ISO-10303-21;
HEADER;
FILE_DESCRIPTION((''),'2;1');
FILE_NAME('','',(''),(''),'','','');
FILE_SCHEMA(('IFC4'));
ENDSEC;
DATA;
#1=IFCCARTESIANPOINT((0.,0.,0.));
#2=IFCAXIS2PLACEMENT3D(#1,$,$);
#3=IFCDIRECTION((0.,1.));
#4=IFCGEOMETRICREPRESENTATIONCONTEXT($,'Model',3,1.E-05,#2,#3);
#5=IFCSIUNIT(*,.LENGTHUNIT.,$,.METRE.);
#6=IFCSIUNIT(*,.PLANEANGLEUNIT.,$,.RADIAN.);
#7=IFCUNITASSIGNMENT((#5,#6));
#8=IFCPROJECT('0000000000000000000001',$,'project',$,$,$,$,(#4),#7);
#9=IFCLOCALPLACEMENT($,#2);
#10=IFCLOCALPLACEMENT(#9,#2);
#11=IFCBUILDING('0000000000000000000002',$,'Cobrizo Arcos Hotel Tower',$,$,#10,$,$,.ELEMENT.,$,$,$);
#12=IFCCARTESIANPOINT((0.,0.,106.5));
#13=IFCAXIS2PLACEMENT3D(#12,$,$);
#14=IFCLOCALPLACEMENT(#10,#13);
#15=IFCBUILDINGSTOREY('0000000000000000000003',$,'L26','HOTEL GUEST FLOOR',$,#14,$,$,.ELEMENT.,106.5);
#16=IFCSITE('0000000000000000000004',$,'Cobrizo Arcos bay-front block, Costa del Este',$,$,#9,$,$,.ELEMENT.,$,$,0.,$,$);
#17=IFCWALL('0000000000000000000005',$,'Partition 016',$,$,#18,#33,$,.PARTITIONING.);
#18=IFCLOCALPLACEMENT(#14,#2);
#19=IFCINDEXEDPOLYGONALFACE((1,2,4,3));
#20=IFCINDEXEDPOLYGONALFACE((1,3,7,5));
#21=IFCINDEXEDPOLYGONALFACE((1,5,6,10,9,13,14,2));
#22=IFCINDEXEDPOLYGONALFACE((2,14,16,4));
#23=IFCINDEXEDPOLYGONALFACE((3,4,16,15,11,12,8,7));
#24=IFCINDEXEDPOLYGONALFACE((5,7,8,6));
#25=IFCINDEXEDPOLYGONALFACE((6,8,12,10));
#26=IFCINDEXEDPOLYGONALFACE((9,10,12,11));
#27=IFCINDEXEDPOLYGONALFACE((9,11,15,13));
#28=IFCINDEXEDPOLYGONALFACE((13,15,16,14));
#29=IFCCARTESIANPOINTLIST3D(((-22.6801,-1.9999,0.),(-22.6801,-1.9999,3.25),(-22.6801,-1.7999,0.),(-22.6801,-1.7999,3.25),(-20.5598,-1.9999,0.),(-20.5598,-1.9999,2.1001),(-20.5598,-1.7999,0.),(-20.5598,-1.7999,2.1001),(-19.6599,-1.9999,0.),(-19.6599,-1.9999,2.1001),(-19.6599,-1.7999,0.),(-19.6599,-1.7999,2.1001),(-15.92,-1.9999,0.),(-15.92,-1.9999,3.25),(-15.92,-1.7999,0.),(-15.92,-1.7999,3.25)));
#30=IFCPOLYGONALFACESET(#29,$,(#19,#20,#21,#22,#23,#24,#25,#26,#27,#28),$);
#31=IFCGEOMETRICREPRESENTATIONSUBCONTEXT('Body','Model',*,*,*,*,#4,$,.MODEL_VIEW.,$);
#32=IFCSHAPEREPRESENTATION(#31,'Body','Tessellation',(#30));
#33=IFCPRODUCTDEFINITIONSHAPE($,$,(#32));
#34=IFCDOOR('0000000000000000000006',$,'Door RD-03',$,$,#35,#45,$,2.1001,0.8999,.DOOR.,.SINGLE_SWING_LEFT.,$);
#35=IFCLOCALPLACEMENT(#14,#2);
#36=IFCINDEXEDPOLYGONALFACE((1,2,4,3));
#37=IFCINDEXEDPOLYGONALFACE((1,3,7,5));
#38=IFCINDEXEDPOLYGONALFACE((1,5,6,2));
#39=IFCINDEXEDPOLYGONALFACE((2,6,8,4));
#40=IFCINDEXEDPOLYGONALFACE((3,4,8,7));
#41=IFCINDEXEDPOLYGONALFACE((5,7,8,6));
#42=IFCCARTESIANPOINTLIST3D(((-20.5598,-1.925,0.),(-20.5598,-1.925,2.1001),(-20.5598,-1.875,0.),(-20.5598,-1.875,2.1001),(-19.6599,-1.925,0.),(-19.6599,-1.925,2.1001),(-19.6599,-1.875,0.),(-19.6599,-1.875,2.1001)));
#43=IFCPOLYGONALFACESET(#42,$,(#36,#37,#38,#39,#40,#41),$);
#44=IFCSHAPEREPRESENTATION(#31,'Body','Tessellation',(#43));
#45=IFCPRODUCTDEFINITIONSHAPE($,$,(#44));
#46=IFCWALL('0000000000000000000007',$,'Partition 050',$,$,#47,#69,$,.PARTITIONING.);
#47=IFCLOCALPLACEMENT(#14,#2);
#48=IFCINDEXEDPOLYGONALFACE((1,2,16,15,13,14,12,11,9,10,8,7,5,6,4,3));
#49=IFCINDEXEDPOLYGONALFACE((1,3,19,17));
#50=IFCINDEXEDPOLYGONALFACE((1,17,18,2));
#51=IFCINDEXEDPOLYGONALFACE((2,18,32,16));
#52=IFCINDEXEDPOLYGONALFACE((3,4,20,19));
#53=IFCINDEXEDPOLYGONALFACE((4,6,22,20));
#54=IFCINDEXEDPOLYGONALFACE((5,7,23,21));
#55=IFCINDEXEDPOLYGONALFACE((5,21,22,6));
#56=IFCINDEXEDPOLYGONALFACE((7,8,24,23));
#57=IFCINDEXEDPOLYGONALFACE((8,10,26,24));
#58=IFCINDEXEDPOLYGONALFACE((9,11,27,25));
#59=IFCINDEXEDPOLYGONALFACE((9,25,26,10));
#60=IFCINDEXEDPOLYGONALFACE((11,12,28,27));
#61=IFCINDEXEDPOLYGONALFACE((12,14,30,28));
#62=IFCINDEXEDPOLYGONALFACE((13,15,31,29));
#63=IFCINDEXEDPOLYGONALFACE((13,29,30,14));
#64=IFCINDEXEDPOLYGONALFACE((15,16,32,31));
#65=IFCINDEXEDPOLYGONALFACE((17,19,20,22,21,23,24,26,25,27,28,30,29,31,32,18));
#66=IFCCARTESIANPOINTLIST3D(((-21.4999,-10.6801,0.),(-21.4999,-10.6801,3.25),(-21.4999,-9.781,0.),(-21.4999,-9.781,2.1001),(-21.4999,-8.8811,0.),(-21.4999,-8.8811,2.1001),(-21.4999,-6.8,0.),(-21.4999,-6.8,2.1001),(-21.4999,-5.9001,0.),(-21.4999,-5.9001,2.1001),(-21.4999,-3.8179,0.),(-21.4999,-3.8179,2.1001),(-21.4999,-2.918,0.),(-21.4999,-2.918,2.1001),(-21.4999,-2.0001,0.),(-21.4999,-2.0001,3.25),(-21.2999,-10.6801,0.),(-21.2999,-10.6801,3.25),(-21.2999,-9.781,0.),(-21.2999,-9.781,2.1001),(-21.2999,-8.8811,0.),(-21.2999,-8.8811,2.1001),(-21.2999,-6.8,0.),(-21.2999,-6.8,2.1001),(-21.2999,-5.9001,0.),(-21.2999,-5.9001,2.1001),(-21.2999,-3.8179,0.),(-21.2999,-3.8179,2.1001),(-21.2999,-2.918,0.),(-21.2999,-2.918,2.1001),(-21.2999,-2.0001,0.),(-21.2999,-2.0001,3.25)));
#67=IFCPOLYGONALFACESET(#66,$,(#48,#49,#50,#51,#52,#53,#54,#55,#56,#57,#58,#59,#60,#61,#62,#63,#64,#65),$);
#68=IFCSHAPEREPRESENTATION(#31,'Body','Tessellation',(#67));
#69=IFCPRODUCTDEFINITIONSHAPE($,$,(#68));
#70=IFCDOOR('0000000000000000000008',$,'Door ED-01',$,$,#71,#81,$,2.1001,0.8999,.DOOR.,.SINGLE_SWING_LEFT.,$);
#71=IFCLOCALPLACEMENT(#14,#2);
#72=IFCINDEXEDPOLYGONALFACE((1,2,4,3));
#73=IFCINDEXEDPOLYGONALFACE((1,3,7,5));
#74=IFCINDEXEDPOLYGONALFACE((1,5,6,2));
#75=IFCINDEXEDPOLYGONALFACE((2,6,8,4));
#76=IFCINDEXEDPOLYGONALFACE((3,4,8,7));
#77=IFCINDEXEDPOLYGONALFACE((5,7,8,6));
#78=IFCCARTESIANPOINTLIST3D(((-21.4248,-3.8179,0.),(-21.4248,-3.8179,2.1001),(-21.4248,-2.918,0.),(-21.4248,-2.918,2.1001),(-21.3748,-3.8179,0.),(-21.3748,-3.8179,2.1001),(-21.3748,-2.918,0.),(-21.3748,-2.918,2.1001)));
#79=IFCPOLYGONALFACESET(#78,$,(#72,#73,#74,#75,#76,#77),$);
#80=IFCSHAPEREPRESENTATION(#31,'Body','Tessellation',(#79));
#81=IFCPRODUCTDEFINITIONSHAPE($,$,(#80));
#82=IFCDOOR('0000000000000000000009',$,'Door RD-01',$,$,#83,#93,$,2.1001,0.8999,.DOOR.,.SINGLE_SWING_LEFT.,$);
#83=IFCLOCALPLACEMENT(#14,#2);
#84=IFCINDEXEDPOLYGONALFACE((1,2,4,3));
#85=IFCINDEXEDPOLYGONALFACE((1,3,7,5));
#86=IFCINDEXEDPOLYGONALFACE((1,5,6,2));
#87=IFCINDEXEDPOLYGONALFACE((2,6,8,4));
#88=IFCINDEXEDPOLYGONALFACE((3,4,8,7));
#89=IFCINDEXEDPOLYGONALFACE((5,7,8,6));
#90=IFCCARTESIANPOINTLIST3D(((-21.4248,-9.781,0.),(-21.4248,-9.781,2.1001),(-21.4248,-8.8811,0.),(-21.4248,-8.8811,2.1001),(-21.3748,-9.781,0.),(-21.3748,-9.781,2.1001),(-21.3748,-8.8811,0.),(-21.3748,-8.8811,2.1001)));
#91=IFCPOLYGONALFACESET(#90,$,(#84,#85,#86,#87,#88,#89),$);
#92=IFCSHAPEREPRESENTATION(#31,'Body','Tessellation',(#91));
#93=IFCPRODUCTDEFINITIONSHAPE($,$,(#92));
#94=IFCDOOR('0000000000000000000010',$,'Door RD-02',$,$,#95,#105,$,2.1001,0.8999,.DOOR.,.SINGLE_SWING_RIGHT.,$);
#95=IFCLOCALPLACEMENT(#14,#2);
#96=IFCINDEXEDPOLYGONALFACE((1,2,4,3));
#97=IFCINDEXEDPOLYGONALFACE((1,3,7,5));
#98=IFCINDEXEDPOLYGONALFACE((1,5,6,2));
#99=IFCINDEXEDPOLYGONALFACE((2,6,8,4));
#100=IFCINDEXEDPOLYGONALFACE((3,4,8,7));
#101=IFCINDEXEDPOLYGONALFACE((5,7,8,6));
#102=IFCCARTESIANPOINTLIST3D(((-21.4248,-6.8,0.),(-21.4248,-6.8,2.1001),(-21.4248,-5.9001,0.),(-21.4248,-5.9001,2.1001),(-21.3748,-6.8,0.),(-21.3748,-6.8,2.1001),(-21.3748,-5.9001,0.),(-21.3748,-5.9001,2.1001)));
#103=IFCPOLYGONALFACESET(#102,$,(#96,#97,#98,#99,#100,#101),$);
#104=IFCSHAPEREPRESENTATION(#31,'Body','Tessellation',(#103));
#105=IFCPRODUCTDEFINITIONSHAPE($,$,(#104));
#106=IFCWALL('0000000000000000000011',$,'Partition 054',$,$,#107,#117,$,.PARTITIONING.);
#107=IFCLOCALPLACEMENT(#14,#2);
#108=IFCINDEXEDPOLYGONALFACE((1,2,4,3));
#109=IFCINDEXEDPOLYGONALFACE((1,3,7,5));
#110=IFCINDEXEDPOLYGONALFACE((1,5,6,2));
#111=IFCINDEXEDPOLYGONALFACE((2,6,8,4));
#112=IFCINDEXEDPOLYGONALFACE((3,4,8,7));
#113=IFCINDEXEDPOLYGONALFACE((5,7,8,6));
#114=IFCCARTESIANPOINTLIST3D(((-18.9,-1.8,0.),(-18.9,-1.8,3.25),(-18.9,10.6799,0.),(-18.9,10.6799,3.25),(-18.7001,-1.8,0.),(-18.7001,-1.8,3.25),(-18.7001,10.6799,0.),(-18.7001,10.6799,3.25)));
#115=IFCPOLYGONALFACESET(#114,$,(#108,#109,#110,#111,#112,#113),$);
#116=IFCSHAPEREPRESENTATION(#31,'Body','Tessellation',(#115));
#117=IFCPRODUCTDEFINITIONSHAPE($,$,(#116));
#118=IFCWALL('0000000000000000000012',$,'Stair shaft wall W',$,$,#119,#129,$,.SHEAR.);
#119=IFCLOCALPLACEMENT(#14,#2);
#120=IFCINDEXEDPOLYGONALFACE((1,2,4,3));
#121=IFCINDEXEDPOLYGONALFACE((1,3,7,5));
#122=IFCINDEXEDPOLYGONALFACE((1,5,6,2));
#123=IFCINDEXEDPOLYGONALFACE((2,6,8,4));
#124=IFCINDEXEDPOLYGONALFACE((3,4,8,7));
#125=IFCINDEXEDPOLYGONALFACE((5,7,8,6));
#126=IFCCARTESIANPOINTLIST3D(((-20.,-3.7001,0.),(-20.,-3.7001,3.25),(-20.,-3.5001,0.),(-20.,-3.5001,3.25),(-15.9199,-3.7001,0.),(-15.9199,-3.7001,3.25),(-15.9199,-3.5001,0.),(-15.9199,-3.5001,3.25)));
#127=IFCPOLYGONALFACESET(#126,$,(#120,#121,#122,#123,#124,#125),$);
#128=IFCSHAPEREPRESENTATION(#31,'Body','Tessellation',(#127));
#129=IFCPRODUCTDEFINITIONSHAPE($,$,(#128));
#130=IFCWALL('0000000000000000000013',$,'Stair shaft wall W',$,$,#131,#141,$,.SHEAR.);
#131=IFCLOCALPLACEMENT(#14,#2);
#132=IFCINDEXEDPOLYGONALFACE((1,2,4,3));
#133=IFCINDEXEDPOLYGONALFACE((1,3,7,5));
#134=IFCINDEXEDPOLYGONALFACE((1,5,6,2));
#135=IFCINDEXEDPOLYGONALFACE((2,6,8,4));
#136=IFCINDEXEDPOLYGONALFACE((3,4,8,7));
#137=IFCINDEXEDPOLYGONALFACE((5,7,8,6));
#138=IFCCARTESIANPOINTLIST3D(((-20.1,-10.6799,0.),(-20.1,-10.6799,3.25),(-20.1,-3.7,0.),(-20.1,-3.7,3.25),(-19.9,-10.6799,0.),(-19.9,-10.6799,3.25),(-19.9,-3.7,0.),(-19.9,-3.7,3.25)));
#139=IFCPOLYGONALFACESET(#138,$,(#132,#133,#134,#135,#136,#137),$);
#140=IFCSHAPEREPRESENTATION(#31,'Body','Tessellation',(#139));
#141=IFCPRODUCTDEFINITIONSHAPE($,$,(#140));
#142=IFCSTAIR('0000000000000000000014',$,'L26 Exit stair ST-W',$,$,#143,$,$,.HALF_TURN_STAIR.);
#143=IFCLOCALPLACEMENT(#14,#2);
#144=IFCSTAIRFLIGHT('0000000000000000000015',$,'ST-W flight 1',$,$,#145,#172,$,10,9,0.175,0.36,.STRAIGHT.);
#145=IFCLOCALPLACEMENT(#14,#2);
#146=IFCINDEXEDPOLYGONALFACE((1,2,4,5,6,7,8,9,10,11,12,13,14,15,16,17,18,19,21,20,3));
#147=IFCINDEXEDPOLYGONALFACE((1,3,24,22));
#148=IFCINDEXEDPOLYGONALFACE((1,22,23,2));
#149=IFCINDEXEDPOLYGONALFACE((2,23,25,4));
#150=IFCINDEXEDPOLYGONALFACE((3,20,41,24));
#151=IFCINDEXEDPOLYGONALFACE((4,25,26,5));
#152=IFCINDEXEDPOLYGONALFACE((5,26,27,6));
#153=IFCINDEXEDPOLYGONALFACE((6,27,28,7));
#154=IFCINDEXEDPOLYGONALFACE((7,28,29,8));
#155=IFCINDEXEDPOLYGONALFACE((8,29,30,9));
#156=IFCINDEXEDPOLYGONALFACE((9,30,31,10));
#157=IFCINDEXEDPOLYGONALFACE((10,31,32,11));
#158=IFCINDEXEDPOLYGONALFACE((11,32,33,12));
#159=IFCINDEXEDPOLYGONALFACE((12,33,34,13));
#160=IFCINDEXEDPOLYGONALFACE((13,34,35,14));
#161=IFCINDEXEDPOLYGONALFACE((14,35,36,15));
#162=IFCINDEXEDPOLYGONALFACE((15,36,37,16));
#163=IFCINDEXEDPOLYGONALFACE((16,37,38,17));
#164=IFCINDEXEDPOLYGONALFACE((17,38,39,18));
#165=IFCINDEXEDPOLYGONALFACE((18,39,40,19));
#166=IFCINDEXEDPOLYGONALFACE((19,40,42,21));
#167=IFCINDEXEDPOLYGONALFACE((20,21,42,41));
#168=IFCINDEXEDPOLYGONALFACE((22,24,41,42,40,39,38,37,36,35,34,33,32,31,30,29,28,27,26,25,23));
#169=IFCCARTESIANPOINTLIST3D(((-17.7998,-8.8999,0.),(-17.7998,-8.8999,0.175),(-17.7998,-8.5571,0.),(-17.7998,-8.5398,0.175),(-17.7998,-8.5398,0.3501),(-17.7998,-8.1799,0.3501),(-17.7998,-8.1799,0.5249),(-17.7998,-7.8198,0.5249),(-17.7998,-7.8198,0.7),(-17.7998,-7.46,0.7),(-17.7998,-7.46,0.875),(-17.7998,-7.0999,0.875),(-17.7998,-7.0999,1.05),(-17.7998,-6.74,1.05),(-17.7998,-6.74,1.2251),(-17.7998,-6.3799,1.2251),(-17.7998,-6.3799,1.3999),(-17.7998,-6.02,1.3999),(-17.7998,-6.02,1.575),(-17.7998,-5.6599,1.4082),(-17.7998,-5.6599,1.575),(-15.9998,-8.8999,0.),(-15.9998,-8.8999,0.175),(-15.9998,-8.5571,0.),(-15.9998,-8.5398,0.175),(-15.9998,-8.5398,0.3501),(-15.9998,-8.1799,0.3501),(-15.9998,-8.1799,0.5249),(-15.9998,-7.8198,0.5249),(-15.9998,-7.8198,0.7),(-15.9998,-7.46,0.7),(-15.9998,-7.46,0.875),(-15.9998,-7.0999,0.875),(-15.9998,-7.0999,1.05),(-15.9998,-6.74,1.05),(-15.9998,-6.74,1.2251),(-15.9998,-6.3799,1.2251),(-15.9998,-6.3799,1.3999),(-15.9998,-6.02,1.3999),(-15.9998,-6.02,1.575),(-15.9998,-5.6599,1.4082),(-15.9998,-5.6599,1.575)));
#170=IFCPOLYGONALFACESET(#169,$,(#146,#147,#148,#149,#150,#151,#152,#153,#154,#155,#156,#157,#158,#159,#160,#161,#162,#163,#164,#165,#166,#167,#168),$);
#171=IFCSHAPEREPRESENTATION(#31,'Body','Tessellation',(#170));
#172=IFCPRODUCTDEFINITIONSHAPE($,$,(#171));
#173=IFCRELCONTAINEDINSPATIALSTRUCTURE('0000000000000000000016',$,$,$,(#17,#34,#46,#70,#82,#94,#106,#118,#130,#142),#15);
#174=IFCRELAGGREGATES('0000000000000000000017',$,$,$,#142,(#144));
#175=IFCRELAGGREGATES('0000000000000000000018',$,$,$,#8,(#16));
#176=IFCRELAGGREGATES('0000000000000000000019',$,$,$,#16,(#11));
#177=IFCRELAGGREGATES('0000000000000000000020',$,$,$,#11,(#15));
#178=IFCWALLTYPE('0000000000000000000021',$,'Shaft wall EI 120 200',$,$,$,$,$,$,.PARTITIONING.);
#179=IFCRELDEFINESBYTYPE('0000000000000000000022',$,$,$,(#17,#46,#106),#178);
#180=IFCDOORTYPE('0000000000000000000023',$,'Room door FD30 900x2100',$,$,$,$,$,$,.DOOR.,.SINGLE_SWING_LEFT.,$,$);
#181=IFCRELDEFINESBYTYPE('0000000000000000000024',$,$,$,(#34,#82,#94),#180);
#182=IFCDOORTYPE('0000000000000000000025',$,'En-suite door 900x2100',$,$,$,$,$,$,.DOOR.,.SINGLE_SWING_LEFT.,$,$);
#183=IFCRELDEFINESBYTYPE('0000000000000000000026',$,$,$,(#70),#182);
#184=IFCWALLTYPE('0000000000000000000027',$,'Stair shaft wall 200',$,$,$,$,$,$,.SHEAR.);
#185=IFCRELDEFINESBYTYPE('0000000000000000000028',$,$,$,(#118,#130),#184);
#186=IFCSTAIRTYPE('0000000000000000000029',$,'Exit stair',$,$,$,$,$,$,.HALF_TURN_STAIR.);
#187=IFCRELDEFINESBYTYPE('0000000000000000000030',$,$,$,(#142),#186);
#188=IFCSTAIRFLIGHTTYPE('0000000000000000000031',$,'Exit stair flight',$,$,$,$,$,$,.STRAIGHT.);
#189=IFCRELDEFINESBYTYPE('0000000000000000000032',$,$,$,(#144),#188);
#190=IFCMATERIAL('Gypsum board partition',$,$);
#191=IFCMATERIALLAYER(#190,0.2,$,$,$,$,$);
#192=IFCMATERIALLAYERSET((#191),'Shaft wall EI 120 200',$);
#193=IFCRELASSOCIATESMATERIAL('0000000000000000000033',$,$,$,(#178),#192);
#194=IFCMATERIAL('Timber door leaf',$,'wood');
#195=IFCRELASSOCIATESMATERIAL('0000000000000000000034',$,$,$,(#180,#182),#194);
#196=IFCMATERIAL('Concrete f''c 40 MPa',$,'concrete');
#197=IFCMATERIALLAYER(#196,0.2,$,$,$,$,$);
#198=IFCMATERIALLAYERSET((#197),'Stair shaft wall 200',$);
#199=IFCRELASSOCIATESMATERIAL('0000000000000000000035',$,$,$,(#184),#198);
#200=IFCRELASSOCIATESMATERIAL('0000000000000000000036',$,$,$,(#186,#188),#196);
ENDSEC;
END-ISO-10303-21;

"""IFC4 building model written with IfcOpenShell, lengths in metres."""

from ifc_helpers import new_model, si_unit, direction, frame, frame_2d, origin, place, context, subcontext, project, spatial, polyline, rectangle, outline, extrude, material, layer, layer_set, type_object, element, fill, aggregate, save


model = new_model("IFC4")

# Units and contexts
model_context = context("Model", 3, precision=1e-05, world=origin(), true_north=direction((0.0, 1.0)))
body_context = subcontext(model_context, "Body", "Model", "MODEL_VIEW")
ifc_project = project(units=[si_unit("LENGTHUNIT", "METRE"), si_unit("PLANEANGLEUNIT", "RADIAN")], contexts=[model_context])

# Site, building, storey
site_placement = place(None, origin())
site = spatial("IfcSite", under=ifc_project, at=site_placement, Name="Cobrizo Arcos bay-front block, Costa del Este", CompositionType="ELEMENT", RefElevation=0.0)
building_placement = place(site_placement, origin())
building = spatial("IfcBuilding", under=site, at=building_placement, Name="Cobrizo Arcos Hotel Tower", CompositionType="ELEMENT")
storey_placement = place(building_placement, frame((0.0, 0.0, 106.5)))
storey = spatial("IfcBuildingStorey", under=building, at=storey_placement, Name="L26", Description="HOTEL GUEST FLOOR", CompositionType="ELEMENT", Elevation=106.5)

# Shared definitions
ifc_material_1 = material(Name="Gypsum board partition")

# Wall, opening, door
ifc_layer_1 = layer(ifc_material_1, 0.2)
ifc_layer_set_1 = layer_set([ifc_layer_1], Name="Shaft wall EI 120 200")
wall_type_1 = type_object("IfcWallType", Name="Shaft wall EI 120 200", PredefinedType="PARTITIONING", material=ifc_layer_set_1)
wall_1_placement = place(storey_placement, frame((-22.6799, -1.8999, 0.0), z_axis=(0.0, 0.0, 1.0), x_axis=(1.0, 0.0, 0.0)))
wall_1 = element("IfcWall", 1, at=wall_1_placement, inside=storey, type_object=wall_type_1, Name="Partition 016", PredefinedType="PARTITIONING", context=body_context, shape_type="SweptSolid", body=[
    extrude(rectangle(XDim=6.76, YDim=0.2, at=frame_2d((3.3799, 0.0))), origin(), (0.0, 0.0, 1.0), 3.25),
])
opening_1_placement = place(wall_1_placement, frame((2.1201, 0.0, 0.0)))
opening_1 = element("IfcOpeningElement", 2, at=opening_1_placement, cuts=wall_1, PredefinedType="OPENING", context=body_context, shape_type="SweptSolid", body=[
    extrude(rectangle(XDim=0.8999, YDim=2.1001, at=frame_2d((0.45, 1.05))), frame((0.0, 0.1121, 0.0), z_axis=(0.0, -1.0, 0.0), x_axis=(1.0, 0.0, 0.0)), (0.0, 0.0, 1.0), 0.2239),
])
ifc_material_2 = material(Name="Timber door leaf", Category="wood")
door_type_1 = type_object("IfcDoorType", Name="Room door FD30 900x2100", OperationType="SINGLE_SWING_LEFT", PredefinedType="DOOR", material=ifc_material_2)
door_1_placement = place(opening_1_placement, origin())
door_1 = element("IfcDoor", 3, at=door_1_placement, inside=storey, type_object=door_type_1, Name="Door RD-03", OperationType="SINGLE_SWING_LEFT", OverallHeight=2.1001, OverallWidth=0.8999, PredefinedType="DOOR", context=body_context, shape_type="SweptSolid", body=[
    extrude(rectangle(XDim=0.8999, YDim=2.1001, at=frame_2d((0.45, 1.05))), frame((0.0, 0.0249, 0.0), z_axis=(0.0, -1.0, 0.0), x_axis=(1.0, 0.0, 0.0)), (0.0, 0.0, 1.0), 0.05),
])
fill(opening_1, door_1)

# Wall, openings, doors
wall_2_placement = place(storey_placement, frame((-21.3999, -10.6799, 0.0), z_axis=(0.0, 0.0, 1.0), x_axis=(0.0, 1.0, 0.0)))
wall_2 = element("IfcWall", 4, at=wall_2_placement, inside=storey, type_object=wall_type_1, Name="Partition 050", PredefinedType="PARTITIONING", context=body_context, shape_type="SweptSolid", body=[
    extrude(rectangle(XDim=8.6799, YDim=0.2, at=frame_2d((4.3398, 0.0))), origin(), (0.0, 0.0, 1.0), 3.25),
])
opening_2_placement = place(wall_2_placement, frame((0.8989, 0.0, 0.0)))
opening_2 = element("IfcOpeningElement", 5, at=opening_2_placement, cuts=wall_2, PredefinedType="OPENING", context=body_context, shape_type="SweptSolid", body=[
    extrude(rectangle(XDim=0.8999, YDim=2.1001, at=frame_2d((0.45, 1.05))), frame((0.0, 0.1121, 0.0), z_axis=(0.0, -1.0, 0.0), x_axis=(1.0, 0.0, 0.0)), (0.0, 0.0, 1.0), 0.2239),
])
opening_3_placement = place(wall_2_placement, frame((3.8799, 0.0, 0.0)))
opening_3 = element("IfcOpeningElement", 6, at=opening_3_placement, cuts=wall_2, PredefinedType="OPENING", context=body_context, shape_type="SweptSolid", body=[
    extrude(rectangle(XDim=0.8999, YDim=2.1001, at=frame_2d((0.45, 1.05))), frame((0.0, 0.1121, 0.0), z_axis=(0.0, -1.0, 0.0), x_axis=(1.0, 0.0, 0.0)), (0.0, 0.0, 1.0), 0.2239),
])
opening_4_placement = place(wall_2_placement, frame((6.8621, 0.0, 0.0)))
opening_4 = element("IfcOpeningElement", 7, at=opening_4_placement, cuts=wall_2, PredefinedType="OPENING", context=body_context, shape_type="SweptSolid", body=[
    extrude(rectangle(XDim=0.8999, YDim=2.1001, at=frame_2d((0.45, 1.05))), frame((0.0, 0.1121, 0.0), z_axis=(0.0, -1.0, 0.0), x_axis=(1.0, 0.0, 0.0)), (0.0, 0.0, 1.0), 0.2239),
])
door_type_2 = type_object("IfcDoorType", Name="En-suite door 900x2100", OperationType="SINGLE_SWING_LEFT", PredefinedType="DOOR", material=ifc_material_2)
door_2_placement = place(opening_4_placement, origin())
door_2 = element("IfcDoor", 8, at=door_2_placement, inside=storey, type_object=door_type_2, Name="Door ED-01", OperationType="SINGLE_SWING_LEFT", OverallHeight=2.1001, OverallWidth=0.8999, PredefinedType="DOOR", context=body_context, shape_type="SweptSolid", body=[
    extrude(rectangle(XDim=0.8999, YDim=2.1001, at=frame_2d((0.45, 1.05))), frame((0.0, 0.0249, 0.0), z_axis=(0.0, -1.0, 0.0), x_axis=(1.0, 0.0, 0.0)), (0.0, 0.0, 1.0), 0.05),
])
fill(opening_4, door_2)
door_3_placement = place(opening_2_placement, origin())
door_3 = element("IfcDoor", 9, at=door_3_placement, inside=storey, type_object=door_type_1, Name="Door RD-01", OperationType="SINGLE_SWING_LEFT", OverallHeight=2.1001, OverallWidth=0.8999, PredefinedType="DOOR", context=body_context, shape_type="SweptSolid", body=[
    extrude(rectangle(XDim=0.8999, YDim=2.1001, at=frame_2d((0.45, 1.05))), frame((0.0, 0.0249, 0.0), z_axis=(0.0, -1.0, 0.0), x_axis=(1.0, 0.0, 0.0)), (0.0, 0.0, 1.0), 0.05),
])
fill(opening_2, door_3)
door_4_placement = place(opening_3_placement, origin())
door_4 = element("IfcDoor", 10, at=door_4_placement, inside=storey, type_object=door_type_1, Name="Door RD-02", OperationType="SINGLE_SWING_RIGHT", OverallHeight=2.1001, OverallWidth=0.8999, PredefinedType="DOOR", context=body_context, shape_type="SweptSolid", body=[
    extrude(rectangle(XDim=0.8999, YDim=2.1001, at=frame_2d((0.45, 1.05))), frame((0.0, 0.0249, 0.0), z_axis=(0.0, -1.0, 0.0), x_axis=(1.0, 0.0, 0.0)), (0.0, 0.0, 1.0), 0.05),
])
fill(opening_3, door_4)

# Walls
wall_3_placement = place(storey_placement, frame((-18.8, -1.8, 0.0), z_axis=(0.0, 0.0, 1.0), x_axis=(0.0, 1.0, 0.0)))
element("IfcWall", 11, at=wall_3_placement, inside=storey, type_object=wall_type_1, Name="Partition 054", PredefinedType="PARTITIONING", context=body_context, shape_type="SweptSolid", body=[
    extrude(rectangle(XDim=12.48, YDim=0.2, at=frame_2d((6.24, 0.0))), origin(), (0.0, 0.0, 1.0), 3.25),
])
ifc_material_3 = material(Name="Concrete f'c 40 MPa", Category="concrete")
ifc_layer_2 = layer(ifc_material_3, 0.2)
ifc_layer_set_2 = layer_set([ifc_layer_2], Name="Stair shaft wall 200")
wall_type_2 = type_object("IfcWallType", Name="Stair shaft wall 200", PredefinedType="SHEAR", material=ifc_layer_set_2)
wall_4_placement = place(storey_placement, frame((-20.0, -3.6001, 0.0), z_axis=(0.0, 0.0, 1.0), x_axis=(1.0, 0.0, 0.0)))
element("IfcWall", 12, at=wall_4_placement, inside=storey, type_object=wall_type_2, Name="Stair shaft wall W", PredefinedType="SHEAR", context=body_context, shape_type="SweptSolid", body=[
    extrude(rectangle(XDim=4.0801, YDim=0.2, at=frame_2d((2.04, 0.0))), origin(), (0.0, 0.0, 1.0), 3.25),
])
wall_5_placement = place(storey_placement, frame((-20.0, -10.6799, 0.0), z_axis=(0.0, 0.0, 1.0), x_axis=(0.0, 1.0, 0.0)))
element("IfcWall", 13, at=wall_5_placement, inside=storey, type_object=wall_type_2, Name="Stair shaft wall W", PredefinedType="SHEAR", context=body_context, shape_type="SweptSolid", body=[
    extrude(rectangle(XDim=6.98, YDim=0.2, at=frame_2d((3.49, 0.0))), origin(), (0.0, 0.0, 1.0), 3.25),
])

# Stair, stair flight
stair_type = type_object("IfcStairType", Name="Exit stair", PredefinedType="HALF_TURN_STAIR", material=ifc_material_3)
stair_placement = place(storey_placement, origin())
stair = element("IfcStair", 14, at=stair_placement, inside=storey, type_object=stair_type, Name="L26 Exit stair ST-W", PredefinedType="HALF_TURN_STAIR")
stair_flight_type = type_object("IfcStairFlightType", Name="Exit stair flight", PredefinedType="STRAIGHT", material=ifc_material_3)
stair_flight_1_placement = place(storey_placement, frame((-16.8999, -8.8999, 0.0), z_axis=(0.0, 0.0, 1.0), x_axis=(0.0, 1.0, 0.0)))
stair_flight_1 = element("IfcStairFlight", 15, at=stair_flight_1_placement, type_object=stair_flight_type, Name="ST-W flight 1", NumberOfRisers=10, NumberOfTreads=9, PredefinedType="STRAIGHT", RiserHeight=0.175, TreadLength=0.36, context=body_context, shape_type="SweptSolid", body=[
    extrude(outline(polyline([(0.0, 0.0), (0.0, 0.175), (0.3601, 0.175), (0.3601, 0.3501), (0.72, 0.3501), (0.72, 0.5249), (1.0801, 0.5249), (1.0801, 0.7), (1.4399, 0.7), (1.4399, 0.875), (1.8, 0.875), (1.8, 1.05), (2.1599, 1.05), (2.1599, 1.2251), (2.52, 1.2251), (2.52, 1.3999), (2.8799, 1.3999), (2.8799, 1.575), (3.24, 1.575), (3.24, 1.75), (3.24, 1.4082), (0.3428, 0.0), (0.0, 0.0)])), frame((0.0, 0.8999, 0.0), z_axis=(0.0, -1.0, 0.0), x_axis=(1.0, 0.0, 0.0)), (0.0, 0.0, 1.0), 1.8),
])
aggregate(stair, [stair_flight_1])

save(model, "model.ifc")
